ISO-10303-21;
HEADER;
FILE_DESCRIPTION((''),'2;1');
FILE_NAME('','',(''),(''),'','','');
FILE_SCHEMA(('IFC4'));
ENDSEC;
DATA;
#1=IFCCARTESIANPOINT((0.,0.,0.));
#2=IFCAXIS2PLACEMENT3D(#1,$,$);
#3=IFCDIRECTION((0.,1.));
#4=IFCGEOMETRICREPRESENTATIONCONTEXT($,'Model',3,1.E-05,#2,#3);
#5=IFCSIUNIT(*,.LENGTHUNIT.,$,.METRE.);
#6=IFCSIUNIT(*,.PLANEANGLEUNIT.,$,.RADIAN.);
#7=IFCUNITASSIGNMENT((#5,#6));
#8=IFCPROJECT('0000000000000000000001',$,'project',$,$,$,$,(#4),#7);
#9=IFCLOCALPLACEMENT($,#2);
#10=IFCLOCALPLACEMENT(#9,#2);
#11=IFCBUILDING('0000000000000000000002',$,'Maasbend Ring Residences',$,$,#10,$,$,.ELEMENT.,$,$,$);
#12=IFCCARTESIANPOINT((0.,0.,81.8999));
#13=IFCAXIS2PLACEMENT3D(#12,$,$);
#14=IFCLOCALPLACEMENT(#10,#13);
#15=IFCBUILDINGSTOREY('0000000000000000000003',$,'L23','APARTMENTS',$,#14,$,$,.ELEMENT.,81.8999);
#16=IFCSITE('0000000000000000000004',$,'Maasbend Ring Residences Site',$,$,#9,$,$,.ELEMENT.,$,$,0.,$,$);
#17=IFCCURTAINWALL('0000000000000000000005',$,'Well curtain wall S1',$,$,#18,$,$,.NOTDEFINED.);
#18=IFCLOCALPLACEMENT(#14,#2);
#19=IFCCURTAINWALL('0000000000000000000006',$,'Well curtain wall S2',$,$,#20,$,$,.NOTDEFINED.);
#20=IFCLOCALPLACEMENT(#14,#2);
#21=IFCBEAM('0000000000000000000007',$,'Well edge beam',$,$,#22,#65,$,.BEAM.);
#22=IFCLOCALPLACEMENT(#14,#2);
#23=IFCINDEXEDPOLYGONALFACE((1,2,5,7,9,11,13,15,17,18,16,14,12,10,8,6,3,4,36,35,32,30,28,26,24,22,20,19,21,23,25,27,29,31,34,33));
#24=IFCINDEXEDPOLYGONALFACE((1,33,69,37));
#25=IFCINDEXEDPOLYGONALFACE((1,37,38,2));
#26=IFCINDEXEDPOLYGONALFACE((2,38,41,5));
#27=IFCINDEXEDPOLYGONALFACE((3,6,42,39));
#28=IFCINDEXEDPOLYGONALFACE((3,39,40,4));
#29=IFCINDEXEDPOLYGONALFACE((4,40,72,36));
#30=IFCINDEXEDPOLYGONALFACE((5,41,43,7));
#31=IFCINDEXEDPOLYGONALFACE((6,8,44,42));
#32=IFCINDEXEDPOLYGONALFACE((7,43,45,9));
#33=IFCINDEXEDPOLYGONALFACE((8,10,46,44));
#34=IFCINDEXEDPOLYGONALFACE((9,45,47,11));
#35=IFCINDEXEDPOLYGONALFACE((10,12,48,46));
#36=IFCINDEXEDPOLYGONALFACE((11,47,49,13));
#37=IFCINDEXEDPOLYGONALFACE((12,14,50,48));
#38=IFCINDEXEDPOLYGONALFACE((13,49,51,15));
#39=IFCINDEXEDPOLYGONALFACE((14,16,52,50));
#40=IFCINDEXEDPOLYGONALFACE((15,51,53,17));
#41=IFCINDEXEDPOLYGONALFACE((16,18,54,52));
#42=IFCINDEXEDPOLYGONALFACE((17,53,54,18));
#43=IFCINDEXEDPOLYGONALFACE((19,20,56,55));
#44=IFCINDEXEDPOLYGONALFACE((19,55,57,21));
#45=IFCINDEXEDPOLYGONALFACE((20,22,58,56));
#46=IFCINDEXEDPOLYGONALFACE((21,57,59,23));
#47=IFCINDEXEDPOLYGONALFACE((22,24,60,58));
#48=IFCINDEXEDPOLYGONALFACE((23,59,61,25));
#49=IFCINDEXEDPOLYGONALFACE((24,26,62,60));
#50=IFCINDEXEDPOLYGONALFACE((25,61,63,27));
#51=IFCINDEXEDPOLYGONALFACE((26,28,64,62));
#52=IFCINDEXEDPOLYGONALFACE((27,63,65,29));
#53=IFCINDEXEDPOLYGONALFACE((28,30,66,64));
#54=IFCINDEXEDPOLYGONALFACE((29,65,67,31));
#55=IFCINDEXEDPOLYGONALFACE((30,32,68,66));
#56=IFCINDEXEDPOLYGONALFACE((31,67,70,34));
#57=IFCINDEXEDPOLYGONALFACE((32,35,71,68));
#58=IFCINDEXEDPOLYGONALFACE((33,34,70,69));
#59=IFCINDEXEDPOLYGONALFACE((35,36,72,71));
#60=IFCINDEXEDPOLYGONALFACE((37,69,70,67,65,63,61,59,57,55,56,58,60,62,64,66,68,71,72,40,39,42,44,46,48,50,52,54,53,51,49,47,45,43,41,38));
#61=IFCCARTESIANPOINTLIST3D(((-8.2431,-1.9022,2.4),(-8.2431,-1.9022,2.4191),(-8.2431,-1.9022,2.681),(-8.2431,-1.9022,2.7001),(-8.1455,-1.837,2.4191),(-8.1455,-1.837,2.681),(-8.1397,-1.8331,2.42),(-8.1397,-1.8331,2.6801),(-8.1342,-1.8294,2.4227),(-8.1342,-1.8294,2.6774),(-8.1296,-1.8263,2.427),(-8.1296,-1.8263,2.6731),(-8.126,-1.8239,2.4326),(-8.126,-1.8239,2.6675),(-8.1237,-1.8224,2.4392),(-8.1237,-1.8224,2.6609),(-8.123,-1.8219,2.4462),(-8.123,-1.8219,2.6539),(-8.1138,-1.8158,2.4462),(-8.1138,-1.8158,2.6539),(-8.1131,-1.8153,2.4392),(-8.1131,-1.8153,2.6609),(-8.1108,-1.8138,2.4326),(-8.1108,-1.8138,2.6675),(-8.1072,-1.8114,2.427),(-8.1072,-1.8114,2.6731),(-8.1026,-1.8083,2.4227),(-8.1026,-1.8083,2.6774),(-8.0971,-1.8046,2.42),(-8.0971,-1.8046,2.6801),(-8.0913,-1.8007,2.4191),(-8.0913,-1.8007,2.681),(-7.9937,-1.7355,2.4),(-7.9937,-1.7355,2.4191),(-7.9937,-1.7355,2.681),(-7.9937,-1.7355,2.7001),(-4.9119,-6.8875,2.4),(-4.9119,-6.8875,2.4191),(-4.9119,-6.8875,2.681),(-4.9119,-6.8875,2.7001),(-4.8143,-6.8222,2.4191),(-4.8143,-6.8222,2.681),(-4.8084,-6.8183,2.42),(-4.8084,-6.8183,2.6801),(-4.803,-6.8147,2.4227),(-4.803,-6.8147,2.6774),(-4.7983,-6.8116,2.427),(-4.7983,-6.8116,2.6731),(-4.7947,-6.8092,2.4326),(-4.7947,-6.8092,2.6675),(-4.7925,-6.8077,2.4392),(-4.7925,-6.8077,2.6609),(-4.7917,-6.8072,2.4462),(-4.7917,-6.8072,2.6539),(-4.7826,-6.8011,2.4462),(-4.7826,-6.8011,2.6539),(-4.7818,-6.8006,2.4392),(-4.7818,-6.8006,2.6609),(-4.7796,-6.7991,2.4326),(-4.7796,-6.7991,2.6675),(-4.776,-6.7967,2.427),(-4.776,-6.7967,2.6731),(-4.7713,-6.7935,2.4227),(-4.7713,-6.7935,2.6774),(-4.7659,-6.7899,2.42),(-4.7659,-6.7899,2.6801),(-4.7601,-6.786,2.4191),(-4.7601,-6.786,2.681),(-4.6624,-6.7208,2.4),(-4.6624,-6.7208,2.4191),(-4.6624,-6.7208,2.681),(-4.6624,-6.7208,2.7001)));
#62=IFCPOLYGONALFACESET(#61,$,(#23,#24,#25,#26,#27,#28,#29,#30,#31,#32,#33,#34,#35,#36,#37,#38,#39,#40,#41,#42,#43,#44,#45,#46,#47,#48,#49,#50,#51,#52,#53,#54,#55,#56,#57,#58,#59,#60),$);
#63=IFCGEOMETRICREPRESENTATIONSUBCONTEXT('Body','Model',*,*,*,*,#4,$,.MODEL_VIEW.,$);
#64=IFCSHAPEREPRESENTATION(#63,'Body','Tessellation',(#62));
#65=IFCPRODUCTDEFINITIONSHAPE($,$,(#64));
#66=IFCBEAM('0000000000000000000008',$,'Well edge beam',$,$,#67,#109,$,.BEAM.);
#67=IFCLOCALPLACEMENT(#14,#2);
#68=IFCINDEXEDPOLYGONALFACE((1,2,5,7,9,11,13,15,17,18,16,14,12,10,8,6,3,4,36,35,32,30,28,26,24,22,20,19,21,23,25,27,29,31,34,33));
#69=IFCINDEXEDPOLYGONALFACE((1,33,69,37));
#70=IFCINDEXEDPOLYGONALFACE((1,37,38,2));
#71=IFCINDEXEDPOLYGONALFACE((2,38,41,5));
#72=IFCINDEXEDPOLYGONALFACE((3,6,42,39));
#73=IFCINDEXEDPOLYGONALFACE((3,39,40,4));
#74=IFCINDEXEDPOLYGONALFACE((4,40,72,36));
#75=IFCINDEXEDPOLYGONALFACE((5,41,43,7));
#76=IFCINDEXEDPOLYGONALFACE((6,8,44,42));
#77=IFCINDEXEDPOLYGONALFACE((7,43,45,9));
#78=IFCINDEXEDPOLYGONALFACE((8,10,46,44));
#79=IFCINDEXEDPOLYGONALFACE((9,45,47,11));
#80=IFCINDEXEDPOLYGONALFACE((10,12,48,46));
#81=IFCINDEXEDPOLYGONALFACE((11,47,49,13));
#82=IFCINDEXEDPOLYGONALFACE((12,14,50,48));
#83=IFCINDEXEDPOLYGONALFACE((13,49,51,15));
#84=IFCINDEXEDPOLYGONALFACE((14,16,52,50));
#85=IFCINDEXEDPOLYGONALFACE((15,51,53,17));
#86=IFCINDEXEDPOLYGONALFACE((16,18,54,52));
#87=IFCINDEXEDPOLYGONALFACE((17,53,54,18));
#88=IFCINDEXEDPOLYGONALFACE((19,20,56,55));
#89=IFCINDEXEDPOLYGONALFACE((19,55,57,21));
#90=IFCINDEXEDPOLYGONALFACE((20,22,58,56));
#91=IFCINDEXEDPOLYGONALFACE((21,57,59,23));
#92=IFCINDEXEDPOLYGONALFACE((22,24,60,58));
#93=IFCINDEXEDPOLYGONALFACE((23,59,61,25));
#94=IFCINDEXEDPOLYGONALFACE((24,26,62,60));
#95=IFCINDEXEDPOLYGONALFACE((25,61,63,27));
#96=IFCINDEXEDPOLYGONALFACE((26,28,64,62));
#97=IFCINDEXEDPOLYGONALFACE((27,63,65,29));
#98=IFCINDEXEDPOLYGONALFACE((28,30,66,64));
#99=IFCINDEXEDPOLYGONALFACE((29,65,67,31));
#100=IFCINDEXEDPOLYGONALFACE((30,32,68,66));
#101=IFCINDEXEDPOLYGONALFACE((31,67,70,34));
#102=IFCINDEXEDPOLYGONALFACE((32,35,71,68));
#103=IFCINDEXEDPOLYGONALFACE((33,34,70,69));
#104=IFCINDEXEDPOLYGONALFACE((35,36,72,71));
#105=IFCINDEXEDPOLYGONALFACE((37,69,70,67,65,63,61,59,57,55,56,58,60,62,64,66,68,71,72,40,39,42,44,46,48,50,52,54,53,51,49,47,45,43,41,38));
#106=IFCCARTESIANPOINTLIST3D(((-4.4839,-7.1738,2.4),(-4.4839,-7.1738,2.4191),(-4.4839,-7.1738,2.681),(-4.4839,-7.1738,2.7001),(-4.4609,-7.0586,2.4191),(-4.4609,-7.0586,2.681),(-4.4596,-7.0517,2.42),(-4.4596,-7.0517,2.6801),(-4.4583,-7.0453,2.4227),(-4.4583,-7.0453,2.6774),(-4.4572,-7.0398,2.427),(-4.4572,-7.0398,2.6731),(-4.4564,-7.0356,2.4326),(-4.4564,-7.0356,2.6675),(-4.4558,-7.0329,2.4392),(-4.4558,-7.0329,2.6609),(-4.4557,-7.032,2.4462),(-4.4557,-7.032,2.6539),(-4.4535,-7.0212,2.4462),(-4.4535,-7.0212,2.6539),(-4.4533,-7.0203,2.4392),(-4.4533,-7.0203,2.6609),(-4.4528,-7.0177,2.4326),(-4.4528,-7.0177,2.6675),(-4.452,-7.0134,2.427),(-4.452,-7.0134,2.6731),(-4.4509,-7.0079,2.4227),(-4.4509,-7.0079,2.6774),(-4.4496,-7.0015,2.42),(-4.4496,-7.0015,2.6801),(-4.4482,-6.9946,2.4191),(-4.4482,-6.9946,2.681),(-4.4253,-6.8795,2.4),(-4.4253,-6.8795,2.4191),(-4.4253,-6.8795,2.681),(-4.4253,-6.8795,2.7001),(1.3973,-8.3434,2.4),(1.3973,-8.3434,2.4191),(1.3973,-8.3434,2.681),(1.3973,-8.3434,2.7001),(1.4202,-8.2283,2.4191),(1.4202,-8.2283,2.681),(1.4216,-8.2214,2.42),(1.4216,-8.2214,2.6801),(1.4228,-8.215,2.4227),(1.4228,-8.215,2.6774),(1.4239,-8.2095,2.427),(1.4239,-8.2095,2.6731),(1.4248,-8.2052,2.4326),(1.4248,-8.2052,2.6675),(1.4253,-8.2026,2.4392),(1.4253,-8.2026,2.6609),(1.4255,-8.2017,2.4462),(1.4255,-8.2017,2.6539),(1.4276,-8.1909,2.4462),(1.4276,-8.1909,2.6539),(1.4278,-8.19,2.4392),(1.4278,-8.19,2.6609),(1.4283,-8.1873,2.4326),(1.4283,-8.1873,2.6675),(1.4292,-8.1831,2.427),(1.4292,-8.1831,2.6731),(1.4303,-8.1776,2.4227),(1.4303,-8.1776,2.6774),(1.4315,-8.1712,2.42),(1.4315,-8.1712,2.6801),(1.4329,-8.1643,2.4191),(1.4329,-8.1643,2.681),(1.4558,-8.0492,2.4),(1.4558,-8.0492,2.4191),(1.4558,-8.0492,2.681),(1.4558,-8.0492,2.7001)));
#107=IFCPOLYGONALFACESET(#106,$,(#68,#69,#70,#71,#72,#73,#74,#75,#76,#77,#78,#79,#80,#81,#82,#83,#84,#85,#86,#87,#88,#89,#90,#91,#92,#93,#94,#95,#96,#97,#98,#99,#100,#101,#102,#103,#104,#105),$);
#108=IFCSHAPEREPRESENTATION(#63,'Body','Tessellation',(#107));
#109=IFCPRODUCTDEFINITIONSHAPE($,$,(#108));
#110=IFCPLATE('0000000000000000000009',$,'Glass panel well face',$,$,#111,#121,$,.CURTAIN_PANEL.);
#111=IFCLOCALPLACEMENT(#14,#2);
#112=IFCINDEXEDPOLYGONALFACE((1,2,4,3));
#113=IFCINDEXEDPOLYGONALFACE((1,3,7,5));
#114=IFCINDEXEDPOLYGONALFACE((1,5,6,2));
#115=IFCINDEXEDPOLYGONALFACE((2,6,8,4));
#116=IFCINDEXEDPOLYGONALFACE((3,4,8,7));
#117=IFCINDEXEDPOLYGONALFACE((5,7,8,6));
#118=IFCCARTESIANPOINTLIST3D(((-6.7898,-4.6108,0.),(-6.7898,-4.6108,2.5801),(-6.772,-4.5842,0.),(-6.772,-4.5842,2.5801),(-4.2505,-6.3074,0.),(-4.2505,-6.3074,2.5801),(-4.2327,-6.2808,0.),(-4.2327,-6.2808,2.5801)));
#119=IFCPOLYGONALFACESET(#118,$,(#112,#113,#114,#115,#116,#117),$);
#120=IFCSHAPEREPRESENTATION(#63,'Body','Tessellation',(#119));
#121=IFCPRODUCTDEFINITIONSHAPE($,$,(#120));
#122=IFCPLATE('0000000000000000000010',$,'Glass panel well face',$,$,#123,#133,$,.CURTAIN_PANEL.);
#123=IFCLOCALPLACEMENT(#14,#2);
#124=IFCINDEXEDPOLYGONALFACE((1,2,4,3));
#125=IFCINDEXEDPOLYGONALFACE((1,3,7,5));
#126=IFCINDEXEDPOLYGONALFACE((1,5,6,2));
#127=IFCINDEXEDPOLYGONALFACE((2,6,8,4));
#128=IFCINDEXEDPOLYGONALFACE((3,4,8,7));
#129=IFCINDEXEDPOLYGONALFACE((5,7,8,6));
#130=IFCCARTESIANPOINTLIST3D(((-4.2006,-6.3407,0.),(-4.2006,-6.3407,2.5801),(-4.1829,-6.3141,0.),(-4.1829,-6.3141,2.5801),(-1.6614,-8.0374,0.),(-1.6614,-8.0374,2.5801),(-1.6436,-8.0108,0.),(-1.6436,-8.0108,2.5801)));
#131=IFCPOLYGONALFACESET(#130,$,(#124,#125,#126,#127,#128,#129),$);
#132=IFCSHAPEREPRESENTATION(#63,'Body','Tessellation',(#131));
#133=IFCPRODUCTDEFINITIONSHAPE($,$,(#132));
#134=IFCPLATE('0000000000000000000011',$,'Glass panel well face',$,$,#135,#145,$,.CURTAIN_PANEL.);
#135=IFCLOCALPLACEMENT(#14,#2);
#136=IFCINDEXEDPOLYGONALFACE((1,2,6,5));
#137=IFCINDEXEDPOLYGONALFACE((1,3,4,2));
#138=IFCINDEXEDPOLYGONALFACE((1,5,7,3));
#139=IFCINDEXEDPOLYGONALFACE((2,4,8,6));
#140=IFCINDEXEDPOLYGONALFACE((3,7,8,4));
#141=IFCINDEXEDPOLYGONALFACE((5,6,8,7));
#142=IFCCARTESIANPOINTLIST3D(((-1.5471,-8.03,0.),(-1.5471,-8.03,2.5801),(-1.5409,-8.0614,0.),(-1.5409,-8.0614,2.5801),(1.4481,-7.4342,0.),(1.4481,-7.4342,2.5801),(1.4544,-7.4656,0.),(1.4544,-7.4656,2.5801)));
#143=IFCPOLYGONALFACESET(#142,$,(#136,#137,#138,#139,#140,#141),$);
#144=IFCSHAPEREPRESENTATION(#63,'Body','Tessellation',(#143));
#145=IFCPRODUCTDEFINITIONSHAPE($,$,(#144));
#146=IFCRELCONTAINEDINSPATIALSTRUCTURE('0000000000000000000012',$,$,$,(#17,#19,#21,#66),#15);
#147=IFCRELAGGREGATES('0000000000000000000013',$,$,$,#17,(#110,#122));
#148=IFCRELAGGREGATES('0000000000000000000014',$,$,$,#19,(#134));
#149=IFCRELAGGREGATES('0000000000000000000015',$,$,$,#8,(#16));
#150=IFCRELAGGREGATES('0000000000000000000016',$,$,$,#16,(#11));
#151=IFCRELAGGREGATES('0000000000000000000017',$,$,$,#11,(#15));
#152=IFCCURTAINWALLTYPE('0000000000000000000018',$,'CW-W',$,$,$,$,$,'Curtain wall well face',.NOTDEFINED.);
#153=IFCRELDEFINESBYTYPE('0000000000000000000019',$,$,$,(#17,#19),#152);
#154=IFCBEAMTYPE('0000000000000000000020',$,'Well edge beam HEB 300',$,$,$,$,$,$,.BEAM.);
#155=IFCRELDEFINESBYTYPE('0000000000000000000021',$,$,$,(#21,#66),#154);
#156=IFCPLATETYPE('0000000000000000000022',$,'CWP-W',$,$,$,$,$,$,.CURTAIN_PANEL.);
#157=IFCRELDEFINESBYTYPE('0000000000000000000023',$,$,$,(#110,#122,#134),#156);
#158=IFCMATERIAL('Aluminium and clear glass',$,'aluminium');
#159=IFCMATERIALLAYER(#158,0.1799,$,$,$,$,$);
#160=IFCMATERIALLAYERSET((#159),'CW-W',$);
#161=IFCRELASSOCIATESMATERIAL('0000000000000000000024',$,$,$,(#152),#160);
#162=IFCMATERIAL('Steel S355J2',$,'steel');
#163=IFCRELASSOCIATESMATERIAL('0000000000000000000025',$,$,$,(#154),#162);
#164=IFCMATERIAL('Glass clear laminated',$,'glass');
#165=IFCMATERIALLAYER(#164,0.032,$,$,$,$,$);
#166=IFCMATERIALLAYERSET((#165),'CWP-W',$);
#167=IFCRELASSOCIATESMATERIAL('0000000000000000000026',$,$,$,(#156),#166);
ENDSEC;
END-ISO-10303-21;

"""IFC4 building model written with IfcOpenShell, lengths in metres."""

from ifc_helpers import new_model, si_unit, direction, frame, origin, origin_2d, place, context, subcontext, project, spatial, rectangle, i_section, extrude, material, layer, layer_set, material_profile, profile_set, type_object, element, aggregate, save


model = new_model("IFC4")

# Units and contexts
model_context = context("Model", 3, precision=1e-05, world=origin(), true_north=direction((0.0, 1.0)))
body_context = subcontext(model_context, "Body", "Model", "MODEL_VIEW")
ifc_project = project(units=[si_unit("LENGTHUNIT", "METRE"), si_unit("PLANEANGLEUNIT", "RADIAN")], contexts=[model_context])

# Site, building, storey
site_placement = place(None, origin())
site = spatial("IfcSite", under=ifc_project, at=site_placement, Name="Maasbend Ring Residences Site", CompositionType="ELEMENT", RefElevation=0.0)
building_placement = place(site_placement, origin())
building = spatial("IfcBuilding", under=site, at=building_placement, Name="Maasbend Ring Residences", CompositionType="ELEMENT")
storey_placement = place(building_placement, frame((0.0, 0.0, 81.8999)))
storey = spatial("IfcBuildingStorey", under=building, at=storey_placement, Name="L23", Description="APARTMENTS", CompositionType="ELEMENT", Elevation=81.8999)

# Curtain wall
ifc_material_1 = material(Name="Aluminium and clear glass", Category="aluminium")
ifc_layer_1 = layer(ifc_material_1, 0.1799)
ifc_layer_set_1 = layer_set([ifc_layer_1], Name="CW-W")
curtain_wall_type = type_object("IfcCurtainWallType", Name="CW-W", ElementType="Curtain wall well face", PredefinedType="NOTDEFINED", material=ifc_layer_set_1)
curtain_wall_1_placement = place(storey_placement, origin())
curtain_wall_1 = element("IfcCurtainWall", 1, at=curtain_wall_1_placement, inside=storey, type_object=curtain_wall_type, Name="Well curtain wall S1", PredefinedType="NOTDEFINED")

# Curtain wall
curtain_wall_2_placement = place(storey_placement, origin())
curtain_wall_2 = element("IfcCurtainWall", 2, at=curtain_wall_2_placement, inside=storey, type_object=curtain_wall_type, Name="Well curtain wall S2", PredefinedType="NOTDEFINED")

# Beams
ifc_material_2 = material(Name="Steel S355J2", Category="steel")
ifc_material_profile_1 = material_profile(ifc_material_2, i_section(OverallWidth=0.3, OverallDepth=0.3, WebThickness=0.011, FlangeThickness=0.019, FilletRadius=0.0271, at=origin_2d()), Name="HEB 300")
ifc_profile_set_1 = profile_set([ifc_material_profile_1], Name="Steel S355J2")
beam_type = type_object("IfcBeamType", Name="Well edge beam HEB 300", PredefinedType="BEAM", material=ifc_profile_set_1)
beam_1_placement = place(storey_placement, frame((-8.1184, -1.8188, 2.55), z_axis=(0.555593, -0.831455, 0.0), x_axis=(0.831455, 0.555593, 0.0)))
element("IfcBeam", 3, at=beam_1_placement, inside=storey, type_object=beam_type, Name="Well edge beam", PredefinedType="BEAM", context=body_context, shape_type="SweptSolid", body=[
    extrude(i_section(OverallWidth=0.3, OverallDepth=0.3, WebThickness=0.011, FlangeThickness=0.019, FilletRadius=0.0271, at=origin_2d()), origin(), (0.0, 0.0, 1.0), 5.9958),
])
beam_2_placement = place(storey_placement, frame((-4.4546, -7.0266, 2.55), z_axis=(0.98079, -0.195067, 0.0), x_axis=(0.195067, 0.98079, 0.0)))
element("IfcBeam", 4, at=beam_2_placement, inside=storey, type_object=beam_type, Name="Well edge beam", PredefinedType="BEAM", context=body_context, shape_type="SweptSolid", body=[
    extrude(i_section(OverallWidth=0.3, OverallDepth=0.3, WebThickness=0.011, FlangeThickness=0.019, FilletRadius=0.0271, at=origin_2d()), origin(), (0.0, 0.0, 1.0), 5.9963),
])

# Plates
ifc_material_3 = material(Name="Glass clear laminated", Category="glass")
ifc_layer_2 = layer(ifc_material_3, 0.032)
ifc_layer_set_2 = layer_set([ifc_layer_2], Name="CWP-W")
plate_type = type_object("IfcPlateType", Name="CWP-W", PredefinedType="CURTAIN_PANEL", material=ifc_layer_set_2)
plate_1_placement = place(storey_placement, frame((-5.5112, -5.4458, 0.0), z_axis=(0.0, 0.0, 1.0), x_axis=(0.83147, -0.55557, 0.0)))
plate_1 = element("IfcPlate", 5, at=plate_1_placement, type_object=plate_type, Name="Glass panel well face", PredefinedType="CURTAIN_PANEL", context=body_context, shape_type="SweptSolid", body=[
    extrude(rectangle(XDim=3.054, YDim=0.032, at=origin_2d()), origin(), (0.0, 0.0, 1.0), 2.5801),
])
plate_2_placement = place(storey_placement, frame((-2.9221, -7.1758, 0.0), z_axis=(0.0, 0.0, 1.0), x_axis=(0.83147, -0.55557, 0.0)))
plate_2 = element("IfcPlate", 6, at=plate_2_placement, type_object=plate_type, Name="Glass panel well face", PredefinedType="CURTAIN_PANEL", context=body_context, shape_type="SweptSolid", body=[
    extrude(rectangle(XDim=3.054, YDim=0.032, at=origin_2d()), origin(), (0.0, 0.0, 1.0), 2.5801),
])
aggregate(curtain_wall_1, [plate_1, plate_2])
plate_3_placement = place(storey_placement, frame((-0.0464, -7.7478, 0.0), z_axis=(0.0, 0.0, 1.0), x_axis=(0.980785, 0.19509, 0.0)))
plate_3 = element("IfcPlate", 7, at=plate_3_placement, type_object=plate_type, Name="Glass panel well face", PredefinedType="CURTAIN_PANEL", context=body_context, shape_type="SweptSolid", body=[
    extrude(rectangle(XDim=3.054, YDim=0.032, at=origin_2d()), origin(), (0.0, 0.0, 1.0), 2.5801),
])
aggregate(curtain_wall_2, [plate_3])

save(model, "model.ifc")
